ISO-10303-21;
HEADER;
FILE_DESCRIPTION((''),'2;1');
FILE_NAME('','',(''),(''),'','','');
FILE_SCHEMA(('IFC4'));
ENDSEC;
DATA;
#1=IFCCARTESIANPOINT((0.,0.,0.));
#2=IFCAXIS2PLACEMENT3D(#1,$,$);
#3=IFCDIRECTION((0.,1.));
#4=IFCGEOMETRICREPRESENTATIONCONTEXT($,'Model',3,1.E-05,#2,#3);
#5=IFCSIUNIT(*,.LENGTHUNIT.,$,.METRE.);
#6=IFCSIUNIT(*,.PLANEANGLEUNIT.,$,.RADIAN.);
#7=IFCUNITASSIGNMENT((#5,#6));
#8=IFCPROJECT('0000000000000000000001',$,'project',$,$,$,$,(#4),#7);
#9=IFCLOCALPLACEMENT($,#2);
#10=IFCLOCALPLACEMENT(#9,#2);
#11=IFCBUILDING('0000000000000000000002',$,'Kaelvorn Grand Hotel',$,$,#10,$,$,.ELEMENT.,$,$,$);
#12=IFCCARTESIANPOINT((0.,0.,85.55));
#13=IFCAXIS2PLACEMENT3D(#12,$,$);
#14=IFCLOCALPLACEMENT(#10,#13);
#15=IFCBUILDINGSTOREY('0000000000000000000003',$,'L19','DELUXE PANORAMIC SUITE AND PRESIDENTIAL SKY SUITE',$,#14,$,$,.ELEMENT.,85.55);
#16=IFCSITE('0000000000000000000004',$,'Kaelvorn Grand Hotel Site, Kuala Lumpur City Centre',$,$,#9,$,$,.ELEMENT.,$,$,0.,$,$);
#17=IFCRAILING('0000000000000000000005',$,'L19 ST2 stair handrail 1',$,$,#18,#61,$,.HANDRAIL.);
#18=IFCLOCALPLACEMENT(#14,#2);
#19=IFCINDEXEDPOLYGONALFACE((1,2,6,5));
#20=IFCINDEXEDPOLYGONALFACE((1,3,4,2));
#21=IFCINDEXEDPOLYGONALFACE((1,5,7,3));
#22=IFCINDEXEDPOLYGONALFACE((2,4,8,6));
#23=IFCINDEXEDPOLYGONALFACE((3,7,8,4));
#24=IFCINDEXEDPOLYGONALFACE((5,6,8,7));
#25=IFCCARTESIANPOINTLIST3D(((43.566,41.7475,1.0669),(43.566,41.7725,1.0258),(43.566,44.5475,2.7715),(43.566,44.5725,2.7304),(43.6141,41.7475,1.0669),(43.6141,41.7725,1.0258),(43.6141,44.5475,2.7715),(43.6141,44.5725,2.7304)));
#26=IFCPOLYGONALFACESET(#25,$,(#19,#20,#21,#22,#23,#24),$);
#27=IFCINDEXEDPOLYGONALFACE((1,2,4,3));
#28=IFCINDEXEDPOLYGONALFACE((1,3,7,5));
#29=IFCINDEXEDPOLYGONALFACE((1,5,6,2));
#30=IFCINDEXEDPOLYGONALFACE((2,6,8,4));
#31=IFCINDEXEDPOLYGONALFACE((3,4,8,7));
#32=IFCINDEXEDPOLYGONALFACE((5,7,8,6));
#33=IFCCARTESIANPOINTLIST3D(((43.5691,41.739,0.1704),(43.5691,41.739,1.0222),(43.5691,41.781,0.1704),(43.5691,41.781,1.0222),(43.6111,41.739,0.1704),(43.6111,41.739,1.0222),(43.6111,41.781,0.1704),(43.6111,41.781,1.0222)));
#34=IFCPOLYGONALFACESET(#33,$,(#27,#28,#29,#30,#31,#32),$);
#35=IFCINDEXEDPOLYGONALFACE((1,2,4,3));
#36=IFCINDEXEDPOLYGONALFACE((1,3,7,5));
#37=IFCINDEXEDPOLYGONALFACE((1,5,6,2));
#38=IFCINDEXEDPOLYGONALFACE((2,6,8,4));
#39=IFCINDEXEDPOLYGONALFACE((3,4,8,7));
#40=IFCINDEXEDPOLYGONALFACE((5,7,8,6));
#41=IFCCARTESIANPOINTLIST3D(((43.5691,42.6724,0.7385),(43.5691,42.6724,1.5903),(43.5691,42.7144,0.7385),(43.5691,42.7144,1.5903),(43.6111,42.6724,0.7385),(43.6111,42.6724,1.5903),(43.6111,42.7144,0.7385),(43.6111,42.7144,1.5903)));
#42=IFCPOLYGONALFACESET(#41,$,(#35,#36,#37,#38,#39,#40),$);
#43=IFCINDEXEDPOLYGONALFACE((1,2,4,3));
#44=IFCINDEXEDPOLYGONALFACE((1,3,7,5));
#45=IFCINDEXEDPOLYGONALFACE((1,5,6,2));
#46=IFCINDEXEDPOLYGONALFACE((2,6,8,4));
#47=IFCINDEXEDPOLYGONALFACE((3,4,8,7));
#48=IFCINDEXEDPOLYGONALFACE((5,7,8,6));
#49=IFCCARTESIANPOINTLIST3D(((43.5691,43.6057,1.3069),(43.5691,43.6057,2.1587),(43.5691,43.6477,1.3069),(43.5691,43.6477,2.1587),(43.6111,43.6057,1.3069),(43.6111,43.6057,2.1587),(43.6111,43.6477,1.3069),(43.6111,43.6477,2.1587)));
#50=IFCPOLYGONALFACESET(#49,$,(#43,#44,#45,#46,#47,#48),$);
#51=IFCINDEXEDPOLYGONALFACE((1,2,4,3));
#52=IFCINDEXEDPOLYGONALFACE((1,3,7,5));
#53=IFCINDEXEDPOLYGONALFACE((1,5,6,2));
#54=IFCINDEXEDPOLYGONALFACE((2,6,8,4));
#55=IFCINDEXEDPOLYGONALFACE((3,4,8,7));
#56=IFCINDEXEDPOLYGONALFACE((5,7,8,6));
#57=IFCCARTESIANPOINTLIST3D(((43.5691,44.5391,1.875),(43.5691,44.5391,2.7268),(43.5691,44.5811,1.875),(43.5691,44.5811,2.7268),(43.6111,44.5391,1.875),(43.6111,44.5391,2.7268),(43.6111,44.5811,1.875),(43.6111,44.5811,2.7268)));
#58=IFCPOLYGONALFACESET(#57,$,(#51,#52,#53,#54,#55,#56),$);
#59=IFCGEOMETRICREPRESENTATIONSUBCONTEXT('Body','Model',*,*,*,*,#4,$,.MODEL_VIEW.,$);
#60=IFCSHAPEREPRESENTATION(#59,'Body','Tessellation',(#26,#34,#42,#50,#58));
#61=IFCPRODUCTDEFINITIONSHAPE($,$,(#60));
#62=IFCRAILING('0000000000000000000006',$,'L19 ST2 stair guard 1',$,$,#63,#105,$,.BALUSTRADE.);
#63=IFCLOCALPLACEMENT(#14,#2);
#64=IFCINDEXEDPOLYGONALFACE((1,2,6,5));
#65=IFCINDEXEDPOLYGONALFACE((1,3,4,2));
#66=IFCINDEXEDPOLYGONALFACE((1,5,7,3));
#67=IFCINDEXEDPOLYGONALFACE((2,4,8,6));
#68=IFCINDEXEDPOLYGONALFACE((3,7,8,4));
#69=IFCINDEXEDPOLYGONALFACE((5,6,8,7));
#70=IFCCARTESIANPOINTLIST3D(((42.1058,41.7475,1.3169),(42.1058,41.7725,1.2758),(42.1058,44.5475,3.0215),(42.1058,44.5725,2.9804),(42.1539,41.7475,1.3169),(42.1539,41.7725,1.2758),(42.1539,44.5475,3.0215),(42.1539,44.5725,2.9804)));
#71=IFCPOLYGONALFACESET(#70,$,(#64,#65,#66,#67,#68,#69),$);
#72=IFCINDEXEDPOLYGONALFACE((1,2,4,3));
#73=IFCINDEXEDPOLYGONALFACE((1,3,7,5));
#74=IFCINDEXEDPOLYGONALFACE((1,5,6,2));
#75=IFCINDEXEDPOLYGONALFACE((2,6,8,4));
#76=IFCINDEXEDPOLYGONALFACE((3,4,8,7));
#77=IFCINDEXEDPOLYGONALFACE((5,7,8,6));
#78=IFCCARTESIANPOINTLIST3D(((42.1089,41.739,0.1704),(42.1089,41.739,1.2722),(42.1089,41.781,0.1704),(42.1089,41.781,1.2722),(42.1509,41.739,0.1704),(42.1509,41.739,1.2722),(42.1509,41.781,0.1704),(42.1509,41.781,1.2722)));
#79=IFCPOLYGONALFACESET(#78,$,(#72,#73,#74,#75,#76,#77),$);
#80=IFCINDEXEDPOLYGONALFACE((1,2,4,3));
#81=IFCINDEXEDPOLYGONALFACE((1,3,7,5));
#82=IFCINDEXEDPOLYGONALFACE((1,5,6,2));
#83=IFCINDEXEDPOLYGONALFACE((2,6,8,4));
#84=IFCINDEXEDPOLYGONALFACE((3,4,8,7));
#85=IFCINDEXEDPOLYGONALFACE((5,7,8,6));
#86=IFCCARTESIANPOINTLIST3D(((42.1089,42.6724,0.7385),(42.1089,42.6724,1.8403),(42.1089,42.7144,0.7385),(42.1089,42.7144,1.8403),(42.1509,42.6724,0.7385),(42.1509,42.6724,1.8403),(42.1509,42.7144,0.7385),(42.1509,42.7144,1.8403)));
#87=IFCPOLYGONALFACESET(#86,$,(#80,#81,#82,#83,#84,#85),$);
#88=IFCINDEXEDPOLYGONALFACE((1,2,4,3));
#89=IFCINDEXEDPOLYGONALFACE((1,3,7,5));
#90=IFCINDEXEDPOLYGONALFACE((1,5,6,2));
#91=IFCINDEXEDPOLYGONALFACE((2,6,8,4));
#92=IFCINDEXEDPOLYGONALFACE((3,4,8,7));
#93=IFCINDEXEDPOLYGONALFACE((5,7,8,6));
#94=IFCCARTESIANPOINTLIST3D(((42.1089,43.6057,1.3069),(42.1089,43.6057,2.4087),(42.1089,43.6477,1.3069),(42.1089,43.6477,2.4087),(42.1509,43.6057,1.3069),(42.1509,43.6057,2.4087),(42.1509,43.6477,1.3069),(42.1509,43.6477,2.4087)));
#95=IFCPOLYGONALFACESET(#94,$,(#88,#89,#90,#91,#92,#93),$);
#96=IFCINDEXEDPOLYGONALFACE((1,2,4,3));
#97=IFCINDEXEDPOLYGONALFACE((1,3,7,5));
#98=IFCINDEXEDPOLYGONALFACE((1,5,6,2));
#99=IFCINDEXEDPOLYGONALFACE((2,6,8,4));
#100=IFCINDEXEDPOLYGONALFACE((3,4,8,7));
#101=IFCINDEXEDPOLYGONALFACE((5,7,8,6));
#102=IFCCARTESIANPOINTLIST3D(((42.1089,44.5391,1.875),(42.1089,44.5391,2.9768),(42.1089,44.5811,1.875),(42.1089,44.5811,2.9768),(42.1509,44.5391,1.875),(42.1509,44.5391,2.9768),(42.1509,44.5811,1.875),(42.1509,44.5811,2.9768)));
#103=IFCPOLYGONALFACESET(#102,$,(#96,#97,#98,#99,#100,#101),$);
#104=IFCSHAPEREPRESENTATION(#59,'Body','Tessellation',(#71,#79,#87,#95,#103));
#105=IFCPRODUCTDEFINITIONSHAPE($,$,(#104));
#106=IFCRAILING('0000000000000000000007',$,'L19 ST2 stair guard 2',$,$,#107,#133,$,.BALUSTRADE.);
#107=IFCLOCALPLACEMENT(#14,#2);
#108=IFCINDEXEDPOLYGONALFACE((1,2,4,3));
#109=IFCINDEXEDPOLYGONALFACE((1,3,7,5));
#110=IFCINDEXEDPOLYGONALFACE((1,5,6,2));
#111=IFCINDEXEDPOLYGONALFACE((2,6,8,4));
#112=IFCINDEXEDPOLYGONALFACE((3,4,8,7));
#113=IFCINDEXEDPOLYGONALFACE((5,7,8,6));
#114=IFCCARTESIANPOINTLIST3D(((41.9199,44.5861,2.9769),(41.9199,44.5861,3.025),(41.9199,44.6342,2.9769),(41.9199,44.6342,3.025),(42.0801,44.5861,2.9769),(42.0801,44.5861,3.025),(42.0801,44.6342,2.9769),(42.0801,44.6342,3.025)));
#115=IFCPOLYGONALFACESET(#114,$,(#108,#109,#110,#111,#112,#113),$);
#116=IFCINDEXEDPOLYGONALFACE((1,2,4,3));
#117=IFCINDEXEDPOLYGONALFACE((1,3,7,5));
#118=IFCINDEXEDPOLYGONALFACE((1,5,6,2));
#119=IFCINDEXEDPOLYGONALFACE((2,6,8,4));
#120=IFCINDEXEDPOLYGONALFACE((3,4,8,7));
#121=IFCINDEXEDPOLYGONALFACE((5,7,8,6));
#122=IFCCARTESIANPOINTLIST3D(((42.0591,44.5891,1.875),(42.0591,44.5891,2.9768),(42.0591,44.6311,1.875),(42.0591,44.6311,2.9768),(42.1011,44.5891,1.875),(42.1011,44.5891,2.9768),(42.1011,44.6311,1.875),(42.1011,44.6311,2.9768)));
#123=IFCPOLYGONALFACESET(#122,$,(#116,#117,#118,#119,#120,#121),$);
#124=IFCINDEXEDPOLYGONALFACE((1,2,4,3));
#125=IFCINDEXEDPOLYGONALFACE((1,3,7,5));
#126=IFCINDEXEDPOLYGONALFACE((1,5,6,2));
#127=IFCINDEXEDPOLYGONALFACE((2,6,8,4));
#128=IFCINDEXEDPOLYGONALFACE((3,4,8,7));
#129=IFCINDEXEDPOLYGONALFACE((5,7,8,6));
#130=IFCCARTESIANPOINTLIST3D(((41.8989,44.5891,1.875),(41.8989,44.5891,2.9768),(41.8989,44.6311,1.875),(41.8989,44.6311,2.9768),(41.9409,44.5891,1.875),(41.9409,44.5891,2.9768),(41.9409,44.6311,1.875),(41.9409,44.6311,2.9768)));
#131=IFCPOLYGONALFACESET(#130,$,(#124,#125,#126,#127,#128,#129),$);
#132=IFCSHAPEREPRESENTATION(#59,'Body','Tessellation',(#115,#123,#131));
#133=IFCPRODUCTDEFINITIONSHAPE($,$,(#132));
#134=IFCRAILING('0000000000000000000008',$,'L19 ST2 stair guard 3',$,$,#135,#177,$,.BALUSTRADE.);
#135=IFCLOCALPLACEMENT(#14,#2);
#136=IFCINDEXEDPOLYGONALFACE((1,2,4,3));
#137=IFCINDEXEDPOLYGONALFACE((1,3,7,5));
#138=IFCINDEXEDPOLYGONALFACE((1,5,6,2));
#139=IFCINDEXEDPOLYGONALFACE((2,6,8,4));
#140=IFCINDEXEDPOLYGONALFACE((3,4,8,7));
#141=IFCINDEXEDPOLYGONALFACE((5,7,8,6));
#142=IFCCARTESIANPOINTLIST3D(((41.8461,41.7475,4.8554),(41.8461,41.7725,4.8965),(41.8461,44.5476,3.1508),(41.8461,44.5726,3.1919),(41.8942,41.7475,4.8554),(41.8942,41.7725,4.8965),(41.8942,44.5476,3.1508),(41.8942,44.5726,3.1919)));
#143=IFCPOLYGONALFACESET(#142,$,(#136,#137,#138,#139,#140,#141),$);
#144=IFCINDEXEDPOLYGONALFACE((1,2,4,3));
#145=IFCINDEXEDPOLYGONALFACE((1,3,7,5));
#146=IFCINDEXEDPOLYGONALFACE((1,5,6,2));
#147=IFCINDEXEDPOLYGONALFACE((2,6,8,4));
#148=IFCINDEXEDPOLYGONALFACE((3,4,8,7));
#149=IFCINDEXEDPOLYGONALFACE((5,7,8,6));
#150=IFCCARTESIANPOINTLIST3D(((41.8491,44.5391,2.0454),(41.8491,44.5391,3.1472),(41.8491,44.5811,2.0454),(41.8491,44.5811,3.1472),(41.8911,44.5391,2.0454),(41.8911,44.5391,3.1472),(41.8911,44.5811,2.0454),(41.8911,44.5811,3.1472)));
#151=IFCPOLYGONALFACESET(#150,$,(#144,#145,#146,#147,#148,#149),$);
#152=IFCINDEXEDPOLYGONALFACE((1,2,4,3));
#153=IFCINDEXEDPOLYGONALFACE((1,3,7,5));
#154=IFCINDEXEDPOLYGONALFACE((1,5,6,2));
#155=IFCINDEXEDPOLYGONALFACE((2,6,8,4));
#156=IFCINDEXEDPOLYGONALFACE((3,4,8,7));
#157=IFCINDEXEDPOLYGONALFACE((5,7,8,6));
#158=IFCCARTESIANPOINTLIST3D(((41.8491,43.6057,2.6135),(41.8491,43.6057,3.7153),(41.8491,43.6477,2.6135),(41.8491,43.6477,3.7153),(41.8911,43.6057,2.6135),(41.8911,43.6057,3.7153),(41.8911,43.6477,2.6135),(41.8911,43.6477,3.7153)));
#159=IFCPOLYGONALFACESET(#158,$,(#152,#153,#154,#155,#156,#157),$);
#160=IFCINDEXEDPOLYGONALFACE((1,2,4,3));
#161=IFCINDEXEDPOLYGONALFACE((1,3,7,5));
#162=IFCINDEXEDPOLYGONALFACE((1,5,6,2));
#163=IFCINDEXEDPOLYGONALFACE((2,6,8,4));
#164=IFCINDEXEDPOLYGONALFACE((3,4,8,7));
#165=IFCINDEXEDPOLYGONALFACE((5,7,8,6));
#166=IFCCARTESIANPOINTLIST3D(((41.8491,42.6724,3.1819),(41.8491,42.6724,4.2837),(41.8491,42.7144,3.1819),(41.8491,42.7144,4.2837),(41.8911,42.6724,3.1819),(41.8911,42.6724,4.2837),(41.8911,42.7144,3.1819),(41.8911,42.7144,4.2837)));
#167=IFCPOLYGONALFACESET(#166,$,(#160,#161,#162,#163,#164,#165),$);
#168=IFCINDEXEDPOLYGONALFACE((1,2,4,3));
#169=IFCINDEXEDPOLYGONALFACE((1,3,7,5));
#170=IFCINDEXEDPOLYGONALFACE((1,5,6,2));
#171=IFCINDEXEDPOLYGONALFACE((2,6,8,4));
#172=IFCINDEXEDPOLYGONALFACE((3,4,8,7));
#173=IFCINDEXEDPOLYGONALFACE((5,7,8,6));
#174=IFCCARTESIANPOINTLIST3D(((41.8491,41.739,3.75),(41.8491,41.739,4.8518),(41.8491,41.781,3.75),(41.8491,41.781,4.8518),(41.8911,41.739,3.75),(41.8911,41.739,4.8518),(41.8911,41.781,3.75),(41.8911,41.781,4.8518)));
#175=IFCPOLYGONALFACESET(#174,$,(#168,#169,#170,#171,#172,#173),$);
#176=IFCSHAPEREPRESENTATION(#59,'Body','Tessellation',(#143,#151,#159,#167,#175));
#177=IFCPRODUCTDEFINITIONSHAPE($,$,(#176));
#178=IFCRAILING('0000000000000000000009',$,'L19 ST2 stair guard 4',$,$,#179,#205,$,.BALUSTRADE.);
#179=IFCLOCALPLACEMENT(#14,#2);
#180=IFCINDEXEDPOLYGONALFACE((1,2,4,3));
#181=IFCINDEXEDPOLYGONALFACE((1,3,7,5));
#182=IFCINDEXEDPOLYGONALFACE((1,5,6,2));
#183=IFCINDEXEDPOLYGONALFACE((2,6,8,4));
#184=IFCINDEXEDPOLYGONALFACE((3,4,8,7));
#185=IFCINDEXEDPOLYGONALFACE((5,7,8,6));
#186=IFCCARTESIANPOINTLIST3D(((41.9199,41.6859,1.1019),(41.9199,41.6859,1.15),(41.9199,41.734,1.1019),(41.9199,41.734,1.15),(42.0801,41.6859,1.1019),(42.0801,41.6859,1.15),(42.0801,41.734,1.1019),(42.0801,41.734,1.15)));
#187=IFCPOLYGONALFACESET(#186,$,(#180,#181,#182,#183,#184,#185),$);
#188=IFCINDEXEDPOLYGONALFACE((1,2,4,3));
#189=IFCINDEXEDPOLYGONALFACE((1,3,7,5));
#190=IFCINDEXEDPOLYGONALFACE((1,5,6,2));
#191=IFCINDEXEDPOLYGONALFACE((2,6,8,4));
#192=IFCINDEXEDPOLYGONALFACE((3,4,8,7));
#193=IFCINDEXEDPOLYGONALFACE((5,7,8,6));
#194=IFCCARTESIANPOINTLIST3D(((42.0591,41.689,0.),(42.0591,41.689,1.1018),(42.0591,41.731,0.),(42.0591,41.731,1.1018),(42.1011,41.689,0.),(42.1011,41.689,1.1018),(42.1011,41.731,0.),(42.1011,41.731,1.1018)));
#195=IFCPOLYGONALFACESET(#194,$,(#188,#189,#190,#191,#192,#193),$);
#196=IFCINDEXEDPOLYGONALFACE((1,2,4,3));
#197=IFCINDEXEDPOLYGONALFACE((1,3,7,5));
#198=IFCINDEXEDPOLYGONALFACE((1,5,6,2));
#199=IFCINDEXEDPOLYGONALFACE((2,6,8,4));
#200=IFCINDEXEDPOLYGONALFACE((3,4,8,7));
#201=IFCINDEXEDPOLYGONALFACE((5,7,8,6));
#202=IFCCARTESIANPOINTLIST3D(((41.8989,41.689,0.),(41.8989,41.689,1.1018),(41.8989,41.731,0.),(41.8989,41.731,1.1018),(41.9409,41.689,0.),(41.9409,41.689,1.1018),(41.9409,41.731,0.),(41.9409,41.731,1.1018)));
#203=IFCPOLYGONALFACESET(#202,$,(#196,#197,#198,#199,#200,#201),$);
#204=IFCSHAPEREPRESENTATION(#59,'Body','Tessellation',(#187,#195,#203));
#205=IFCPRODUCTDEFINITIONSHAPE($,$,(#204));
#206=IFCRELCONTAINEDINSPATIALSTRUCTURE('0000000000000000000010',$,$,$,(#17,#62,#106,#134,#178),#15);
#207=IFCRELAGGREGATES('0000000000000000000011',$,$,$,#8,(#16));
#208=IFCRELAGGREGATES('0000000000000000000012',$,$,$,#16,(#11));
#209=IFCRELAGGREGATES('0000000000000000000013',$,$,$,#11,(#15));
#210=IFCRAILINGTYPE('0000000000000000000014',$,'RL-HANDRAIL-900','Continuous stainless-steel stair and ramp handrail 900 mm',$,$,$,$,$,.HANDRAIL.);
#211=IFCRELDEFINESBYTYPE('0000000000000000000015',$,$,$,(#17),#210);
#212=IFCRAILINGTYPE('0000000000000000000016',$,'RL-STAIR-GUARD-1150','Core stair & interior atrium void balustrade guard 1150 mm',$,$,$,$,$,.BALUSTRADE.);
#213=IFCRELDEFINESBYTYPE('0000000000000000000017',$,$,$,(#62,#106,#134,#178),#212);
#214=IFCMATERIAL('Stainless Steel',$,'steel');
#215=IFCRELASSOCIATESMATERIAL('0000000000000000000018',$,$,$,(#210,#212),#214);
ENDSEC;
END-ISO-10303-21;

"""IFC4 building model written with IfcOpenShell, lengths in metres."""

from ifc_helpers import new_model, si_unit, direction, frame, origin, origin_2d, place, context, subcontext, project, spatial, rectangle, extrude, material, type_object, element, save


model = new_model("IFC4")

# Units and contexts
model_context = context("Model", 3, precision=1e-05, world=origin(), true_north=direction((0.0, 1.0)))
body_context = subcontext(model_context, "Body", "Model", "MODEL_VIEW")
ifc_project = project(units=[si_unit("LENGTHUNIT", "METRE"), si_unit("PLANEANGLEUNIT", "RADIAN")], contexts=[model_context])

# Site, building, storey
site_placement = place(None, origin())
site = spatial("IfcSite", under=ifc_project, at=site_placement, Name="Kaelvorn Grand Hotel Site, Kuala Lumpur City Centre", CompositionType="ELEMENT", RefElevation=0.0)
building_placement = place(site_placement, origin())
building = spatial("IfcBuilding", under=site, at=building_placement, Name="Kaelvorn Grand Hotel", CompositionType="ELEMENT")
storey_placement = place(building_placement, frame((0.0, 0.0, 85.55)))
storey = spatial("IfcBuildingStorey", under=building, at=storey_placement, Name="L19", Description="DELUXE PANORAMIC SUITE AND PRESIDENTIAL SKY SUITE", CompositionType="ELEMENT", Elevation=85.55)

# Railings
ifc_material_1 = material(Name="Stainless Steel", Category="steel")
railing_type_1 = type_object("IfcRailingType", Name="RL-HANDRAIL-900", Description="Continuous stainless-steel stair and ramp handrail 900 mm", PredefinedType="HANDRAIL", material=ifc_material_1)
railing_1_placement = place(storey_placement, frame((43.5901, 41.76, 0.1704)))
element("IfcRailing", 1, at=railing_1_placement, inside=storey, type_object=railing_type_1, Name="L19 ST2 stair handrail 1", PredefinedType="HANDRAIL", context=body_context, shape_type="SweptSolid", body=[
    extrude(rectangle(XDim=0.0481, YDim=0.0481, at=origin_2d()), frame((0.0, 0.0, 0.876), z_axis=(0.0, 0.85417, 0.519994), x_axis=(-1.0, 0.0, 0.0)), (0.0, 0.0, 1.0), 3.2781),
    extrude(rectangle(XDim=0.042, YDim=0.042, at=origin_2d()), origin(), (0.0, 0.0, 1.0), 0.8518),
    extrude(rectangle(XDim=0.042, YDim=0.042, at=origin_2d()), frame((0.0, 0.9333, 0.5681)), (0.0, 0.0, 1.0), 0.8518),
    extrude(rectangle(XDim=0.042, YDim=0.042, at=origin_2d()), frame((0.0, 1.8667, 1.1365)), (0.0, 0.0, 1.0), 0.8518),
    extrude(rectangle(XDim=0.042, YDim=0.042, at=origin_2d()), frame((0.0, 2.8, 1.7046)), (0.0, 0.0, 1.0), 0.8518),
])
railing_type_2 = type_object("IfcRailingType", Name="RL-STAIR-GUARD-1150", Description="Core stair & interior atrium void balustrade guard 1150 mm", PredefinedType="BALUSTRADE", material=ifc_material_1)
railing_2_placement = place(storey_placement, frame((42.1299, 41.76, 0.1704)))
element("IfcRailing", 2, at=railing_2_placement, inside=storey, type_object=railing_type_2, Name="L19 ST2 stair guard 1", PredefinedType="BALUSTRADE", context=body_context, shape_type="SweptSolid", body=[
    extrude(rectangle(XDim=0.0481, YDim=0.0481, at=origin_2d()), frame((0.0, 0.0, 1.126), z_axis=(0.0, 0.85417, 0.519994), x_axis=(-1.0, 0.0, 0.0)), (0.0, 0.0, 1.0), 3.2781),
    extrude(rectangle(XDim=0.042, YDim=0.042, at=origin_2d()), origin(), (0.0, 0.0, 1.0), 1.1018),
    extrude(rectangle(XDim=0.042, YDim=0.042, at=origin_2d()), frame((0.0, 0.9333, 0.5681)), (0.0, 0.0, 1.0), 1.1018),
    extrude(rectangle(XDim=0.042, YDim=0.042, at=origin_2d()), frame((0.0, 1.8667, 1.1365)), (0.0, 0.0, 1.0), 1.1018),
    extrude(rectangle(XDim=0.042, YDim=0.042, at=origin_2d()), frame((0.0, 2.8, 1.7046)), (0.0, 0.0, 1.0), 1.1018),
])
railing_3_placement = place(storey_placement, frame((42.0801, 44.6101, 1.875)))
element("IfcRailing", 3, at=railing_3_placement, inside=storey, type_object=railing_type_2, Name="L19 ST2 stair guard 2", PredefinedType="BALUSTRADE", context=body_context, shape_type="SweptSolid", body=[
    extrude(rectangle(XDim=0.0481, YDim=0.0481, at=origin_2d()), frame((0.0, 0.0, 1.126), z_axis=(-1.0, 0.0, 0.0), x_axis=(0.0, -1.0, 0.0)), (0.0, 0.0, 1.0), 0.1602),
    extrude(rectangle(XDim=0.042, YDim=0.042, at=origin_2d()), origin(), (0.0, 0.0, 1.0), 1.1018),
    extrude(rectangle(XDim=0.042, YDim=0.042, at=origin_2d()), frame((-0.1602, 0.0, 0.0)), (0.0, 0.0, 1.0), 1.1018),
])
railing_4_placement = place(storey_placement, frame((41.8701, 44.5601, 2.0454)))
element("IfcRailing", 4, at=railing_4_placement, inside=storey, type_object=railing_type_2, Name="L19 ST2 stair guard 3", PredefinedType="BALUSTRADE", context=body_context, shape_type="SweptSolid", body=[
    extrude(rectangle(XDim=0.0481, YDim=0.0481, at=origin_2d()), frame((0.0, 0.0, 1.126), z_axis=(0.0, -0.85417, 0.519994), x_axis=(1.0, 0.0, 0.0)), (0.0, 0.0, 1.0), 3.2781),
    extrude(rectangle(XDim=0.042, YDim=0.042, at=origin_2d()), origin(), (0.0, 0.0, 1.0), 1.1018),
    extrude(rectangle(XDim=0.042, YDim=0.042, at=origin_2d()), frame((0.0, -0.9333, 0.5681)), (0.0, 0.0, 1.0), 1.1018),
    extrude(rectangle(XDim=0.042, YDim=0.042, at=origin_2d()), frame((0.0, -1.8667, 1.1365)), (0.0, 0.0, 1.0), 1.1018),
    extrude(rectangle(XDim=0.042, YDim=0.042, at=origin_2d()), frame((0.0, -2.8, 1.7046)), (0.0, 0.0, 1.0), 1.1018),
])
railing_5_placement = place(storey_placement, frame((42.0801, 41.71, 0.0)))
element("IfcRailing", 5, at=railing_5_placement, inside=storey, type_object=railing_type_2, Name="L19 ST2 stair guard 4", PredefinedType="BALUSTRADE", context=body_context, shape_type="SweptSolid", body=[
    extrude(rectangle(XDim=0.0481, YDim=0.0481, at=origin_2d()), frame((0.0, 0.0, 1.126), z_axis=(-1.0, 0.0, 0.0), x_axis=(0.0, -1.0, 0.0)), (0.0, 0.0, 1.0), 0.1602),
    extrude(rectangle(XDim=0.042, YDim=0.042, at=origin_2d()), origin(), (0.0, 0.0, 1.0), 1.1018),
    extrude(rectangle(XDim=0.042, YDim=0.042, at=origin_2d()), frame((-0.1602, 0.0, 0.0)), (0.0, 0.0, 1.0), 1.1018),
])

save(model, "model.ifc")
